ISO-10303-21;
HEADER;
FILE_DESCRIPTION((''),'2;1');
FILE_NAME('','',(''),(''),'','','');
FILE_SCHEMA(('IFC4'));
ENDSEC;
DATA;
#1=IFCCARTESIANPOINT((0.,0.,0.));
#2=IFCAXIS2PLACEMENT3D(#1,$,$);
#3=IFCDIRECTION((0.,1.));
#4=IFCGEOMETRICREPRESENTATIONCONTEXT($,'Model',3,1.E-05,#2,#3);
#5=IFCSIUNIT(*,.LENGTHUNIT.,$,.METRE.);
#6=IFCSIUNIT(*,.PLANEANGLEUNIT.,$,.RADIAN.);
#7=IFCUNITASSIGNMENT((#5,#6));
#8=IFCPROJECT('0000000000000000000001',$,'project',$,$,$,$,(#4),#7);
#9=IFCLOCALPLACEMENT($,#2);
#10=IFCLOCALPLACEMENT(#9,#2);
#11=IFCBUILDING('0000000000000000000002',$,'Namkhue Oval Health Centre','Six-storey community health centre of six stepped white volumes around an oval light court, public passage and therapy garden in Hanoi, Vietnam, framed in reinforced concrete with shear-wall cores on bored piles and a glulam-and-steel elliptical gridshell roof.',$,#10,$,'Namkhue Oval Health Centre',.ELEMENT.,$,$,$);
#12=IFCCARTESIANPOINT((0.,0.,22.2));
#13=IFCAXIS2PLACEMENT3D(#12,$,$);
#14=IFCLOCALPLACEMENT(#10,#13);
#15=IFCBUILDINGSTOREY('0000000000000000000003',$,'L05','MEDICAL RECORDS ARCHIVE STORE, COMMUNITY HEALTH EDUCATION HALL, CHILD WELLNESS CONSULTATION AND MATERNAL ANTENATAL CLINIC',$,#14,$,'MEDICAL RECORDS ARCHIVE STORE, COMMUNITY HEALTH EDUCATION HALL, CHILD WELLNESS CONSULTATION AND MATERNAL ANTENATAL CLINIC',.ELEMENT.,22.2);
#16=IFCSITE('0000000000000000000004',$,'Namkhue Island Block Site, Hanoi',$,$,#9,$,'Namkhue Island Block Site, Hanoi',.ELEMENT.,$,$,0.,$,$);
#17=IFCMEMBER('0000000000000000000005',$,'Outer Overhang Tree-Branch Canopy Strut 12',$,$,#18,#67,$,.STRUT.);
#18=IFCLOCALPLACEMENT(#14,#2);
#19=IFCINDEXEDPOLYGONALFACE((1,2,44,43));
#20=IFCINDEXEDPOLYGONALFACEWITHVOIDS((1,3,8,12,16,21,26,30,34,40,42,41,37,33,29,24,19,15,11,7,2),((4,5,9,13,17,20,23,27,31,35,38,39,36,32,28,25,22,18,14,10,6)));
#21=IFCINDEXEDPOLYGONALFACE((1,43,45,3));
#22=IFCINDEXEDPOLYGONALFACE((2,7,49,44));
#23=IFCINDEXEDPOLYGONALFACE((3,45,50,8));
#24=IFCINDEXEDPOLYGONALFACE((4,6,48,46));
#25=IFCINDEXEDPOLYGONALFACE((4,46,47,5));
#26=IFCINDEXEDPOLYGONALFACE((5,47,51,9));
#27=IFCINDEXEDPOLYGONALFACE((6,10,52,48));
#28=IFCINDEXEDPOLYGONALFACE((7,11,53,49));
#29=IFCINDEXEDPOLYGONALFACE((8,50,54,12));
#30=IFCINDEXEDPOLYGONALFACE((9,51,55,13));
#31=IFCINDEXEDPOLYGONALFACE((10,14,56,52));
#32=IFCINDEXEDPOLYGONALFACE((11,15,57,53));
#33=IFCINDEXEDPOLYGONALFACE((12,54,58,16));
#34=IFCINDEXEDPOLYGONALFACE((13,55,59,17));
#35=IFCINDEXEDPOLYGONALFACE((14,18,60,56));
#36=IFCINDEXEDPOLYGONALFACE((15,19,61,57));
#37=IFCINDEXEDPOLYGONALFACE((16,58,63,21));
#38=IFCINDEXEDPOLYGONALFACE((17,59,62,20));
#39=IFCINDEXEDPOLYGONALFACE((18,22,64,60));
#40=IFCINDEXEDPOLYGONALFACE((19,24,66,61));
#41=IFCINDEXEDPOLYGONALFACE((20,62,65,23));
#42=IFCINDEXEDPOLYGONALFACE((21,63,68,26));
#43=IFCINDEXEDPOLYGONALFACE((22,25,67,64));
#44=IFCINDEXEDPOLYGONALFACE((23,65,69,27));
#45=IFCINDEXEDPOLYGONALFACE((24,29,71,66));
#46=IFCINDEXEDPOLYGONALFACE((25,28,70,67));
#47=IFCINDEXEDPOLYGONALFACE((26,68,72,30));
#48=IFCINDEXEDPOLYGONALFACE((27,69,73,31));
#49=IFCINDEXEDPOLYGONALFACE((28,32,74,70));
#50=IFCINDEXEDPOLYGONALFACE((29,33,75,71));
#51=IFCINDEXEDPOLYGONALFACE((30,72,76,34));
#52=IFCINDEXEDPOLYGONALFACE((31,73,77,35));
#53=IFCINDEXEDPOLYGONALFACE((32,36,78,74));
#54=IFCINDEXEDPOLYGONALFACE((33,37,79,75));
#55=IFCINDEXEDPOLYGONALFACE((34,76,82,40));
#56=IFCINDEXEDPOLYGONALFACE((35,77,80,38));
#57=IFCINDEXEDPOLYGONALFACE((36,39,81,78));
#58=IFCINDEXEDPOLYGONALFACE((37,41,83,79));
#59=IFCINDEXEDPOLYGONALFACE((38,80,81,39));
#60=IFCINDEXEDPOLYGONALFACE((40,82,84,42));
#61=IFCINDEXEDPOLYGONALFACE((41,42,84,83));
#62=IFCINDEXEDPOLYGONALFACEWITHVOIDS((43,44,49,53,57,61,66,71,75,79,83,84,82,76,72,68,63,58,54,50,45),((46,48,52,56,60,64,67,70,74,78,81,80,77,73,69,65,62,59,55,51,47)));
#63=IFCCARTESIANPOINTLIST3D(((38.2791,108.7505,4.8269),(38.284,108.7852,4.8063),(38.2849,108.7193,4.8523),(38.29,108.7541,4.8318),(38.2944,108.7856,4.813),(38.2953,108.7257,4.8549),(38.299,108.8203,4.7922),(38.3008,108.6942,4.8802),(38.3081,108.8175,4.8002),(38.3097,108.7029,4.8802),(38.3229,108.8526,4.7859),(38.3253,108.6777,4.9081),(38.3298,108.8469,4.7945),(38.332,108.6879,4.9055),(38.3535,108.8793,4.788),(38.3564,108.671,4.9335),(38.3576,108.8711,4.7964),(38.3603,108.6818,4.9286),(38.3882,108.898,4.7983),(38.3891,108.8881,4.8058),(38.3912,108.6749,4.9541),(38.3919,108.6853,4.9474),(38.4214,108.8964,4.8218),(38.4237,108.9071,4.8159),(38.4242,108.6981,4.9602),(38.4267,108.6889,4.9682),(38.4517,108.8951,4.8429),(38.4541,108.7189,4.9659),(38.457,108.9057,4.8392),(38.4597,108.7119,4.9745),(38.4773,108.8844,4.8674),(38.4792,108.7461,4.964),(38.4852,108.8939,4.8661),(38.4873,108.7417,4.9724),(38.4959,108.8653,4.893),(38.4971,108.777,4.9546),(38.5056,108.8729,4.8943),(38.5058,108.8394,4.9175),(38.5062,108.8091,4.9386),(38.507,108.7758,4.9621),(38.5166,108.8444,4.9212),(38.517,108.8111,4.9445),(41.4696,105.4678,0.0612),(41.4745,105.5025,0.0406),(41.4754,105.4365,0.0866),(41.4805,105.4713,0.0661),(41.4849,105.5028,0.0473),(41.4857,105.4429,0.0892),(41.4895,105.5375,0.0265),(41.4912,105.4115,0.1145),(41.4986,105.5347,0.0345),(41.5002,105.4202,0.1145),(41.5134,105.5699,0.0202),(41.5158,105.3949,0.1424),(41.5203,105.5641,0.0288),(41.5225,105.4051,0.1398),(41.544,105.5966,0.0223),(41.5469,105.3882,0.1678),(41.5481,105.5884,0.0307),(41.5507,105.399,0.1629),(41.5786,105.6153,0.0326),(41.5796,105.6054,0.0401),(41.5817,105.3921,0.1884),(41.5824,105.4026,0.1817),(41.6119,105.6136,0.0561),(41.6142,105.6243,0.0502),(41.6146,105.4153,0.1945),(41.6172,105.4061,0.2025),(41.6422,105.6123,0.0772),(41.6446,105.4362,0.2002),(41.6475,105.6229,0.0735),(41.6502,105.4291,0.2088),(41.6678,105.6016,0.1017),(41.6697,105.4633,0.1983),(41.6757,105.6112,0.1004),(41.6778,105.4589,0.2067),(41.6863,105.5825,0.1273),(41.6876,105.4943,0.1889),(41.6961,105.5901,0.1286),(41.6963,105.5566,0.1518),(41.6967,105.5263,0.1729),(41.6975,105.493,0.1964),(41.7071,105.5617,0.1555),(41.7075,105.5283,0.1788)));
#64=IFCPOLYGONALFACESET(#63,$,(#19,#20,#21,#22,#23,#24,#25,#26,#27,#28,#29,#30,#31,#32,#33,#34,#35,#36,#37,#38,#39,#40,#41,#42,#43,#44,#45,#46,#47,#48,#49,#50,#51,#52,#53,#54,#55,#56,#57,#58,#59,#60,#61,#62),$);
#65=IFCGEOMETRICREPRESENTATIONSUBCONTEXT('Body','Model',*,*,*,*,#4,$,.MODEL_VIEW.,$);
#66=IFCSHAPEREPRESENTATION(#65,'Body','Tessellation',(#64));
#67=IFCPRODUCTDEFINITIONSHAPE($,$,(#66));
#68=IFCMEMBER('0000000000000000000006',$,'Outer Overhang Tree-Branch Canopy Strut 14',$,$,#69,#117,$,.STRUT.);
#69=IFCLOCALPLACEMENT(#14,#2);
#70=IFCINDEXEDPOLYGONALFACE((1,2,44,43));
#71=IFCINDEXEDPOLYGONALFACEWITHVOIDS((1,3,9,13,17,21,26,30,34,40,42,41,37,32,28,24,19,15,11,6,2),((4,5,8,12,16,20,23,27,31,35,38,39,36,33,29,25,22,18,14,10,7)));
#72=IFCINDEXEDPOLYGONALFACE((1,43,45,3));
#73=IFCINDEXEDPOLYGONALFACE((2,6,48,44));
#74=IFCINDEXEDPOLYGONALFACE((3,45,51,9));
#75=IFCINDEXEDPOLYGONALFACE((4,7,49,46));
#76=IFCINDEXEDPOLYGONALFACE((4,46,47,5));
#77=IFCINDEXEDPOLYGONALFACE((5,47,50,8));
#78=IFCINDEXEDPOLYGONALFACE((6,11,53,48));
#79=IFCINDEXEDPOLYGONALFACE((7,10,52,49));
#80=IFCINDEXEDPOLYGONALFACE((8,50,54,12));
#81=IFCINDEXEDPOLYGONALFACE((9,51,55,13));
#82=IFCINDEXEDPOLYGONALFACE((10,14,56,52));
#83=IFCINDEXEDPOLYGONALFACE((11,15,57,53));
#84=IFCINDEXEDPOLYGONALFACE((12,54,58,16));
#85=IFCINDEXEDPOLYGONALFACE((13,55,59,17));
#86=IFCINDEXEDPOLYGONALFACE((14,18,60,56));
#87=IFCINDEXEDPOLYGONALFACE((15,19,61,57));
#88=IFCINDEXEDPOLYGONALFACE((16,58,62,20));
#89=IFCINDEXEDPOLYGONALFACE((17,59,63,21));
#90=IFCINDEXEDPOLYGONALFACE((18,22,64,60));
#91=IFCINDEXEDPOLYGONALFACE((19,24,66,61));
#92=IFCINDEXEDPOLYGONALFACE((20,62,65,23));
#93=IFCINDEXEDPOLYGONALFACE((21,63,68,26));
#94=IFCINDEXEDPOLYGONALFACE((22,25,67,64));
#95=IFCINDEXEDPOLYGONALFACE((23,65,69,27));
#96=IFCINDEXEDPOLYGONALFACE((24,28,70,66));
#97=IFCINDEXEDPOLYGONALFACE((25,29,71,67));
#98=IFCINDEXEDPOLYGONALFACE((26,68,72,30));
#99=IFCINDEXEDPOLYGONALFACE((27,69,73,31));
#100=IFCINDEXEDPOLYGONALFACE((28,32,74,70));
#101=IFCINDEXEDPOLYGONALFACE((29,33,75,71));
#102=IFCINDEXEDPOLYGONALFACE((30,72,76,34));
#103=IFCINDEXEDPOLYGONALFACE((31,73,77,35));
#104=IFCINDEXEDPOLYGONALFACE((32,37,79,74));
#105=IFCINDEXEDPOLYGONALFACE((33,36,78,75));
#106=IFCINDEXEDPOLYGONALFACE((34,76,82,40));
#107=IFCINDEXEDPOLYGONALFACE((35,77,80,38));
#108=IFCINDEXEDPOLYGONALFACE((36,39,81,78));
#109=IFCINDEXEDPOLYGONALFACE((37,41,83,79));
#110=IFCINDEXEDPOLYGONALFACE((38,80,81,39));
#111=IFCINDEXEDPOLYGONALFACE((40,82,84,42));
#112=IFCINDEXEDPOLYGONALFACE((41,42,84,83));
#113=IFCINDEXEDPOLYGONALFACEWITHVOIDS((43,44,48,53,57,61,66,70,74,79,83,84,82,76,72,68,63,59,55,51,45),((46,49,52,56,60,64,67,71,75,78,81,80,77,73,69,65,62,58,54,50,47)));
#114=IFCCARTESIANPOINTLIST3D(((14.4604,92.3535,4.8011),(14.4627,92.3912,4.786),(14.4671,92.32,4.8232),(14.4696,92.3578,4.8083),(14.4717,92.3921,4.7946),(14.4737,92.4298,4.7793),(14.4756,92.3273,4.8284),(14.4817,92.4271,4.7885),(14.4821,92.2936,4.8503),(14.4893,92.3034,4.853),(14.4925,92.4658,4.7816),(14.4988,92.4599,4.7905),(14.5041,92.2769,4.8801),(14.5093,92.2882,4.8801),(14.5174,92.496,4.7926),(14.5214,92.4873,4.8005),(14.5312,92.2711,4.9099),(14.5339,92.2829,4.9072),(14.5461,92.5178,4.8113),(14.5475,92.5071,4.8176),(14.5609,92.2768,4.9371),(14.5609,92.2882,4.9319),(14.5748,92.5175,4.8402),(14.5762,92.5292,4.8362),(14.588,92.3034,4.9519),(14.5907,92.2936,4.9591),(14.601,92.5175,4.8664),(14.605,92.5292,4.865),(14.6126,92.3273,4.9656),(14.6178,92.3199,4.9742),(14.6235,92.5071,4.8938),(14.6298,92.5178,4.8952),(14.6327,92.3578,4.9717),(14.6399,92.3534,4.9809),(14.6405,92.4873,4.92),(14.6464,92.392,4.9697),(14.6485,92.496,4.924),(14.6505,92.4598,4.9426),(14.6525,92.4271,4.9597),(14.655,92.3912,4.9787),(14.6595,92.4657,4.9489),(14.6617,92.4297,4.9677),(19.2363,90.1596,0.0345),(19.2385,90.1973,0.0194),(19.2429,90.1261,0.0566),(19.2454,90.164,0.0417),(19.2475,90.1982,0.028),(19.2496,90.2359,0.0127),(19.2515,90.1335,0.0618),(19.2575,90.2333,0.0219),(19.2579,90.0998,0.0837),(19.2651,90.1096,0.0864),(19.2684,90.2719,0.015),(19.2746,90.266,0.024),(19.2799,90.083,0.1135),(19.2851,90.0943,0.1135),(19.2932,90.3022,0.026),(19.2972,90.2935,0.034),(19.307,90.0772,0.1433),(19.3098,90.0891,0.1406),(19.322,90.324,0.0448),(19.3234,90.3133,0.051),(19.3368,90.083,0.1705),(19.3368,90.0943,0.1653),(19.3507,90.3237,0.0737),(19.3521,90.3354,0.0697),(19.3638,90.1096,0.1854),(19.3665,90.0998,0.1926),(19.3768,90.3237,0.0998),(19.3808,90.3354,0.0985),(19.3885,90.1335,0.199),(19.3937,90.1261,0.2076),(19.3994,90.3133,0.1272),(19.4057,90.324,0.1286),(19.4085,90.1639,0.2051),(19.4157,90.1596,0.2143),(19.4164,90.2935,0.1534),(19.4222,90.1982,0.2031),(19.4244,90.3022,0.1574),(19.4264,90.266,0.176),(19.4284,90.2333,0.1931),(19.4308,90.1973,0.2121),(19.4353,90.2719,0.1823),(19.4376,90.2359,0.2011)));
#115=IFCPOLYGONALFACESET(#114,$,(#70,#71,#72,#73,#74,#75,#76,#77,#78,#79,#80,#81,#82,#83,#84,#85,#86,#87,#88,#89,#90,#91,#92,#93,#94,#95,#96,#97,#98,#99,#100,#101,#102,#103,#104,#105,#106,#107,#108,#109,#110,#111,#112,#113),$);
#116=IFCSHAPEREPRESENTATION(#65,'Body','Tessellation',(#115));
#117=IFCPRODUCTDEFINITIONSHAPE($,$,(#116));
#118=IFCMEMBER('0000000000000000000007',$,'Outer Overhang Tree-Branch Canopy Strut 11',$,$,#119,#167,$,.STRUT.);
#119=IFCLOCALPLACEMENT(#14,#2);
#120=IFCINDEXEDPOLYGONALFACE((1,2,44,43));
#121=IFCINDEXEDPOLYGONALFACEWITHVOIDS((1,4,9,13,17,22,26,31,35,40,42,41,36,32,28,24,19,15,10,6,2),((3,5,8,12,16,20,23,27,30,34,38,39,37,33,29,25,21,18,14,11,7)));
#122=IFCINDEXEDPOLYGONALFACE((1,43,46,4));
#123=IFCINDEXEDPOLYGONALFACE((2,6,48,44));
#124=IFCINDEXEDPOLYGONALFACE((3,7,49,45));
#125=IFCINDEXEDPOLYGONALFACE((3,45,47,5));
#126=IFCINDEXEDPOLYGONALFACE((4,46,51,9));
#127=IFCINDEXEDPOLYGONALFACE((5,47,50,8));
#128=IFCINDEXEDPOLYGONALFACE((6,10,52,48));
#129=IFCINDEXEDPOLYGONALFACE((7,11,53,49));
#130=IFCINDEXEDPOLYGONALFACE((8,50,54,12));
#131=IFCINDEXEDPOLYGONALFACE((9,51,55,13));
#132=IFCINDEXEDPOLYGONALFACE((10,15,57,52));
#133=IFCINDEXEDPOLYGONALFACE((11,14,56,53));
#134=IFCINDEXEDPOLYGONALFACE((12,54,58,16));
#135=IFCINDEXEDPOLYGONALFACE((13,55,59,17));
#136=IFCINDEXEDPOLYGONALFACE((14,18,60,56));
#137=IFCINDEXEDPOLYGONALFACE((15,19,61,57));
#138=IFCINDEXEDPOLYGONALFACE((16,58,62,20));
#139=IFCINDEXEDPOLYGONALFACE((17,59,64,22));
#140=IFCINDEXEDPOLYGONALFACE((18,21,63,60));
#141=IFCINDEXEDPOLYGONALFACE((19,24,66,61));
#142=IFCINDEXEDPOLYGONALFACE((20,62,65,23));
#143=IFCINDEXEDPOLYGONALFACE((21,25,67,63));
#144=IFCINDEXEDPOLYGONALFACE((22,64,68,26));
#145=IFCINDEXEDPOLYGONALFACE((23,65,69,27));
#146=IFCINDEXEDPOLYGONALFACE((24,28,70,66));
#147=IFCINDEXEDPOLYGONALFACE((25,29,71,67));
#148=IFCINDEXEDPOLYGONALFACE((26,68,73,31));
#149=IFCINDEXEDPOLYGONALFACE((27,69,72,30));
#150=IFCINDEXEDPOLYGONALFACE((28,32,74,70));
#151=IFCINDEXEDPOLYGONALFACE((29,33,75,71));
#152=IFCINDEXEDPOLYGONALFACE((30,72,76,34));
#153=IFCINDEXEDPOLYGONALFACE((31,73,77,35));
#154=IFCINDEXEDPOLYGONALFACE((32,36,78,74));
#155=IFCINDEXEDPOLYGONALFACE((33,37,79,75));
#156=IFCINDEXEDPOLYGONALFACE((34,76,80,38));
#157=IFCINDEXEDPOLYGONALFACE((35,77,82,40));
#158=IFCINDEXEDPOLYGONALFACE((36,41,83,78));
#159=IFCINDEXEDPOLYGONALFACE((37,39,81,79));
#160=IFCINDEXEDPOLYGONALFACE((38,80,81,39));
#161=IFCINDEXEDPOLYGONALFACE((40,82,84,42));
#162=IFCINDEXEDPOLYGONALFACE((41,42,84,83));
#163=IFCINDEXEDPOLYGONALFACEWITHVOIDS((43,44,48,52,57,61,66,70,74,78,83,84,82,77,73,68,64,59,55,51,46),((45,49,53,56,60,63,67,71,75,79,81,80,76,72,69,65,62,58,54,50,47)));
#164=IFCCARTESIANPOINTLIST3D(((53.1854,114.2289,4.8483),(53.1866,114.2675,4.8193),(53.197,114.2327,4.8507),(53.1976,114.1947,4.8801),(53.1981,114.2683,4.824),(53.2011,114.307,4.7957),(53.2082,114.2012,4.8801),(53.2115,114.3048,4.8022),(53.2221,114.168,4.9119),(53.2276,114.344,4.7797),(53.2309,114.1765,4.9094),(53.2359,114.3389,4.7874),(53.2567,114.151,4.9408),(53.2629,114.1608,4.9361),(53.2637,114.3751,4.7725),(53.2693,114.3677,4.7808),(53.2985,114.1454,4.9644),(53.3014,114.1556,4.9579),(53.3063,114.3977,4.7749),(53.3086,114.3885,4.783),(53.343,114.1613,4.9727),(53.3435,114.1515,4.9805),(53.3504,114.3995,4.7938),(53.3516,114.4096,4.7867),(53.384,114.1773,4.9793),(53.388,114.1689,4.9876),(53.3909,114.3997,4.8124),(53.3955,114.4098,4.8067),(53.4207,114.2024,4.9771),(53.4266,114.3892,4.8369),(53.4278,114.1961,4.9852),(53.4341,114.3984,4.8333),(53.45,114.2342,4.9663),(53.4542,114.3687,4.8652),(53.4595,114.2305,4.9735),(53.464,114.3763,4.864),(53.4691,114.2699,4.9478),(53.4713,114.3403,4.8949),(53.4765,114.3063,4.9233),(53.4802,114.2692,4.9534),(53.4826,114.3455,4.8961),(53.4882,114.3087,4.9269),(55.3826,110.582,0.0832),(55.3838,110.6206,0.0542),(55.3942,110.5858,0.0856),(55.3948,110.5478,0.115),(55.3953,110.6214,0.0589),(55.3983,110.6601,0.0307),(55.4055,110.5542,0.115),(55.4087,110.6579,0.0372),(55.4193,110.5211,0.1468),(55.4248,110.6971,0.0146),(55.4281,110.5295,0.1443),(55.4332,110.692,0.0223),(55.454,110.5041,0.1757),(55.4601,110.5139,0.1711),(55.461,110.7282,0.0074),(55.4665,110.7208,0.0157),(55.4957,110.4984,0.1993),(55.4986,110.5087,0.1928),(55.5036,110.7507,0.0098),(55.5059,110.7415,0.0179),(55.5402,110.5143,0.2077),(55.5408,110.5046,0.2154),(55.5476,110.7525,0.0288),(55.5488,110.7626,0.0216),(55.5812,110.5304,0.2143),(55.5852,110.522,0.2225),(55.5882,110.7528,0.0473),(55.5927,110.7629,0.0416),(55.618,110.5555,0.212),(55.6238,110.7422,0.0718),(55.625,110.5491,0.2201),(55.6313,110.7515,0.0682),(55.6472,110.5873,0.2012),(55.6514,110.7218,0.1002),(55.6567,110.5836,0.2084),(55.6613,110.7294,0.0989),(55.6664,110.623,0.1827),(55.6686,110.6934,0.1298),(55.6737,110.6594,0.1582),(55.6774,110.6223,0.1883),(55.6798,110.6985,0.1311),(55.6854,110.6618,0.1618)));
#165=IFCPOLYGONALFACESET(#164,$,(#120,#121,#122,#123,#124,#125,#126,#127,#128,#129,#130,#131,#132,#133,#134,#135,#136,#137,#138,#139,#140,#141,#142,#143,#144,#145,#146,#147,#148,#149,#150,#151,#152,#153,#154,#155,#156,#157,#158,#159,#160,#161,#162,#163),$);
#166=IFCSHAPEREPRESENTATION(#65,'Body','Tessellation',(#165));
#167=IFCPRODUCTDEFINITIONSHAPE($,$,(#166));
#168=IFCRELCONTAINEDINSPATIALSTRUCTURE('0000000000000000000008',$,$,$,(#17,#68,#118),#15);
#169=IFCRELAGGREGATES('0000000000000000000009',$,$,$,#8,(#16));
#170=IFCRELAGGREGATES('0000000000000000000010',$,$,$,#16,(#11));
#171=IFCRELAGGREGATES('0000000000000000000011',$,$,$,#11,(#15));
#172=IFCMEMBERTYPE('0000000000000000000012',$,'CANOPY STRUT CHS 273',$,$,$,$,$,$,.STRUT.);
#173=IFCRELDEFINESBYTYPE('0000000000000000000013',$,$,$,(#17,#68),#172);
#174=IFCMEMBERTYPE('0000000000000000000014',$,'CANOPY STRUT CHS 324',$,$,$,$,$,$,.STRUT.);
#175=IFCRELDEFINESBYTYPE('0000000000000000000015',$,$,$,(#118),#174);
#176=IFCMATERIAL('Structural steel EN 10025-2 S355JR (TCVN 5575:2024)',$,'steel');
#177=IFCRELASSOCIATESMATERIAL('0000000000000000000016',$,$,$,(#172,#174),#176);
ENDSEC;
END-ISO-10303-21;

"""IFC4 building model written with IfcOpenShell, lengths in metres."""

from ifc_helpers import new_model, si_unit, direction, frame, origin, origin_2d, place, context, subcontext, project, spatial, hollow_circle, extrude, material, material_profile, profile_set, type_object, element, save


model = new_model("IFC4")

# Units and contexts
model_context = context("Model", 3, precision=1e-05, world=origin(), true_north=direction((0.0, 1.0)))
body_context = subcontext(model_context, "Body", "Model", "MODEL_VIEW")
ifc_project = project(units=[si_unit("LENGTHUNIT", "METRE"), si_unit("PLANEANGLEUNIT", "RADIAN")], contexts=[model_context])

# Site, building, storey
site_placement = place(None, origin())
site = spatial("IfcSite", under=ifc_project, at=site_placement, Name="Namkhue Island Block Site, Hanoi", LongName="Namkhue Island Block Site, Hanoi", CompositionType="ELEMENT", RefElevation=0.0)
building_placement = place(site_placement, origin())
building = spatial("IfcBuilding", under=site, at=building_placement, Name="Namkhue Oval Health Centre", Description="Six-storey community health centre of six stepped white volumes around an oval light court, public passage and therapy garden in Hanoi, Vietnam, framed in reinforced concrete with shear-wall cores on bored piles and a glulam-and-steel elliptical gridshell roof.", LongName="Namkhue Oval Health Centre", CompositionType="ELEMENT")
storey_placement = place(building_placement, frame((0.0, 0.0, 22.2)))
storey = spatial("IfcBuildingStorey", under=building, at=storey_placement, Name="L05", Description="MEDICAL RECORDS ARCHIVE STORE, COMMUNITY HEALTH EDUCATION HALL, CHILD WELLNESS CONSULTATION AND MATERNAL ANTENATAL CLINIC", LongName="MEDICAL RECORDS ARCHIVE STORE, COMMUNITY HEALTH EDUCATION HALL, CHILD WELLNESS CONSULTATION AND MATERNAL ANTENATAL CLINIC", CompositionType="ELEMENT", Elevation=22.2)

# Members
ifc_material_1 = material(Name="Structural steel EN 10025-2 S355JR (TCVN 5575:2024)", Category="steel")
ifc_material_profile_1 = material_profile(ifc_material_1, hollow_circle(Radius=0.1365, WallThickness=0.0125, at=origin_2d()), Name="CHS 273x12.5")
ifc_profile_set_1 = profile_set([ifc_material_profile_1], Name="Structural steel EN 10025-2 S355JR (TCVN 5575:2024)")
member_type_1 = type_object("IfcMemberType", Name="CANOPY STRUT CHS 273", PredefinedType="STRUT", material=ifc_profile_set_1)
member_1_placement = place(storey_placement, frame((41.5891, 105.5066, 0.1145), z_axis=(-0.48281, 0.496776, 0.721185), x_axis=(-0.717115, -0.696955, 0.0)))
element("IfcMember", 1, at=member_1_placement, inside=storey, type_object=member_type_1, Name="Outer Overhang Tree-Branch Canopy Strut 12", PredefinedType="STRUT", context=body_context, shape_type="SweptSolid", body=[
    extrude(hollow_circle(Radius=0.1365, WallThickness=0.0125, at=origin_2d()), origin(), (0.0, 0.0, 1.0), 6.6082),
])
member_2_placement = place(storey_placement, frame((19.3369, 90.207, 0.1135), z_axis=(-0.67311, 0.3092, 0.671802), x_axis=(-0.417426, -0.908711, 0.0)))
element("IfcMember", 2, at=member_2_placement, inside=storey, type_object=member_type_1, Name="Outer Overhang Tree-Branch Canopy Strut 14", PredefinedType="STRUT", context=body_context, shape_type="SweptSolid", body=[
    extrude(hollow_circle(Radius=0.1365, WallThickness=0.0125, at=origin_2d()), origin(), (0.0, 0.0, 1.0), 7.0952),
])
ifc_material_profile_2 = material_profile(ifc_material_1, hollow_circle(Radius=0.1619, WallThickness=0.0125, at=origin_2d()), Name="CHS 323.9x12.5")
ifc_profile_set_2 = profile_set([ifc_material_profile_2], Name="Structural steel EN 10025-2 S355JR (TCVN 5575:2024)")
member_type_2 = type_object("IfcMemberType", Name="CANOPY STRUT CHS 324", PredefinedType="STRUT", material=ifc_profile_set_2)
member_3_placement = place(storey_placement, frame((55.5334, 110.6313, 0.115), z_axis=(-0.343848, 0.570712, 0.745692), x_axis=(-0.85655, -0.516063, 0.0)))
element("IfcMember", 3, at=member_3_placement, inside=storey, type_object=member_type_2, Name="Outer Overhang Tree-Branch Canopy Strut 11", PredefinedType="STRUT", context=body_context, shape_type="SweptSolid", body=[
    extrude(hollow_circle(Radius=0.1619, WallThickness=0.0125, at=origin_2d()), origin(), (0.0, 0.0, 1.0), 6.3901),
])

save(model, "model.ifc")
